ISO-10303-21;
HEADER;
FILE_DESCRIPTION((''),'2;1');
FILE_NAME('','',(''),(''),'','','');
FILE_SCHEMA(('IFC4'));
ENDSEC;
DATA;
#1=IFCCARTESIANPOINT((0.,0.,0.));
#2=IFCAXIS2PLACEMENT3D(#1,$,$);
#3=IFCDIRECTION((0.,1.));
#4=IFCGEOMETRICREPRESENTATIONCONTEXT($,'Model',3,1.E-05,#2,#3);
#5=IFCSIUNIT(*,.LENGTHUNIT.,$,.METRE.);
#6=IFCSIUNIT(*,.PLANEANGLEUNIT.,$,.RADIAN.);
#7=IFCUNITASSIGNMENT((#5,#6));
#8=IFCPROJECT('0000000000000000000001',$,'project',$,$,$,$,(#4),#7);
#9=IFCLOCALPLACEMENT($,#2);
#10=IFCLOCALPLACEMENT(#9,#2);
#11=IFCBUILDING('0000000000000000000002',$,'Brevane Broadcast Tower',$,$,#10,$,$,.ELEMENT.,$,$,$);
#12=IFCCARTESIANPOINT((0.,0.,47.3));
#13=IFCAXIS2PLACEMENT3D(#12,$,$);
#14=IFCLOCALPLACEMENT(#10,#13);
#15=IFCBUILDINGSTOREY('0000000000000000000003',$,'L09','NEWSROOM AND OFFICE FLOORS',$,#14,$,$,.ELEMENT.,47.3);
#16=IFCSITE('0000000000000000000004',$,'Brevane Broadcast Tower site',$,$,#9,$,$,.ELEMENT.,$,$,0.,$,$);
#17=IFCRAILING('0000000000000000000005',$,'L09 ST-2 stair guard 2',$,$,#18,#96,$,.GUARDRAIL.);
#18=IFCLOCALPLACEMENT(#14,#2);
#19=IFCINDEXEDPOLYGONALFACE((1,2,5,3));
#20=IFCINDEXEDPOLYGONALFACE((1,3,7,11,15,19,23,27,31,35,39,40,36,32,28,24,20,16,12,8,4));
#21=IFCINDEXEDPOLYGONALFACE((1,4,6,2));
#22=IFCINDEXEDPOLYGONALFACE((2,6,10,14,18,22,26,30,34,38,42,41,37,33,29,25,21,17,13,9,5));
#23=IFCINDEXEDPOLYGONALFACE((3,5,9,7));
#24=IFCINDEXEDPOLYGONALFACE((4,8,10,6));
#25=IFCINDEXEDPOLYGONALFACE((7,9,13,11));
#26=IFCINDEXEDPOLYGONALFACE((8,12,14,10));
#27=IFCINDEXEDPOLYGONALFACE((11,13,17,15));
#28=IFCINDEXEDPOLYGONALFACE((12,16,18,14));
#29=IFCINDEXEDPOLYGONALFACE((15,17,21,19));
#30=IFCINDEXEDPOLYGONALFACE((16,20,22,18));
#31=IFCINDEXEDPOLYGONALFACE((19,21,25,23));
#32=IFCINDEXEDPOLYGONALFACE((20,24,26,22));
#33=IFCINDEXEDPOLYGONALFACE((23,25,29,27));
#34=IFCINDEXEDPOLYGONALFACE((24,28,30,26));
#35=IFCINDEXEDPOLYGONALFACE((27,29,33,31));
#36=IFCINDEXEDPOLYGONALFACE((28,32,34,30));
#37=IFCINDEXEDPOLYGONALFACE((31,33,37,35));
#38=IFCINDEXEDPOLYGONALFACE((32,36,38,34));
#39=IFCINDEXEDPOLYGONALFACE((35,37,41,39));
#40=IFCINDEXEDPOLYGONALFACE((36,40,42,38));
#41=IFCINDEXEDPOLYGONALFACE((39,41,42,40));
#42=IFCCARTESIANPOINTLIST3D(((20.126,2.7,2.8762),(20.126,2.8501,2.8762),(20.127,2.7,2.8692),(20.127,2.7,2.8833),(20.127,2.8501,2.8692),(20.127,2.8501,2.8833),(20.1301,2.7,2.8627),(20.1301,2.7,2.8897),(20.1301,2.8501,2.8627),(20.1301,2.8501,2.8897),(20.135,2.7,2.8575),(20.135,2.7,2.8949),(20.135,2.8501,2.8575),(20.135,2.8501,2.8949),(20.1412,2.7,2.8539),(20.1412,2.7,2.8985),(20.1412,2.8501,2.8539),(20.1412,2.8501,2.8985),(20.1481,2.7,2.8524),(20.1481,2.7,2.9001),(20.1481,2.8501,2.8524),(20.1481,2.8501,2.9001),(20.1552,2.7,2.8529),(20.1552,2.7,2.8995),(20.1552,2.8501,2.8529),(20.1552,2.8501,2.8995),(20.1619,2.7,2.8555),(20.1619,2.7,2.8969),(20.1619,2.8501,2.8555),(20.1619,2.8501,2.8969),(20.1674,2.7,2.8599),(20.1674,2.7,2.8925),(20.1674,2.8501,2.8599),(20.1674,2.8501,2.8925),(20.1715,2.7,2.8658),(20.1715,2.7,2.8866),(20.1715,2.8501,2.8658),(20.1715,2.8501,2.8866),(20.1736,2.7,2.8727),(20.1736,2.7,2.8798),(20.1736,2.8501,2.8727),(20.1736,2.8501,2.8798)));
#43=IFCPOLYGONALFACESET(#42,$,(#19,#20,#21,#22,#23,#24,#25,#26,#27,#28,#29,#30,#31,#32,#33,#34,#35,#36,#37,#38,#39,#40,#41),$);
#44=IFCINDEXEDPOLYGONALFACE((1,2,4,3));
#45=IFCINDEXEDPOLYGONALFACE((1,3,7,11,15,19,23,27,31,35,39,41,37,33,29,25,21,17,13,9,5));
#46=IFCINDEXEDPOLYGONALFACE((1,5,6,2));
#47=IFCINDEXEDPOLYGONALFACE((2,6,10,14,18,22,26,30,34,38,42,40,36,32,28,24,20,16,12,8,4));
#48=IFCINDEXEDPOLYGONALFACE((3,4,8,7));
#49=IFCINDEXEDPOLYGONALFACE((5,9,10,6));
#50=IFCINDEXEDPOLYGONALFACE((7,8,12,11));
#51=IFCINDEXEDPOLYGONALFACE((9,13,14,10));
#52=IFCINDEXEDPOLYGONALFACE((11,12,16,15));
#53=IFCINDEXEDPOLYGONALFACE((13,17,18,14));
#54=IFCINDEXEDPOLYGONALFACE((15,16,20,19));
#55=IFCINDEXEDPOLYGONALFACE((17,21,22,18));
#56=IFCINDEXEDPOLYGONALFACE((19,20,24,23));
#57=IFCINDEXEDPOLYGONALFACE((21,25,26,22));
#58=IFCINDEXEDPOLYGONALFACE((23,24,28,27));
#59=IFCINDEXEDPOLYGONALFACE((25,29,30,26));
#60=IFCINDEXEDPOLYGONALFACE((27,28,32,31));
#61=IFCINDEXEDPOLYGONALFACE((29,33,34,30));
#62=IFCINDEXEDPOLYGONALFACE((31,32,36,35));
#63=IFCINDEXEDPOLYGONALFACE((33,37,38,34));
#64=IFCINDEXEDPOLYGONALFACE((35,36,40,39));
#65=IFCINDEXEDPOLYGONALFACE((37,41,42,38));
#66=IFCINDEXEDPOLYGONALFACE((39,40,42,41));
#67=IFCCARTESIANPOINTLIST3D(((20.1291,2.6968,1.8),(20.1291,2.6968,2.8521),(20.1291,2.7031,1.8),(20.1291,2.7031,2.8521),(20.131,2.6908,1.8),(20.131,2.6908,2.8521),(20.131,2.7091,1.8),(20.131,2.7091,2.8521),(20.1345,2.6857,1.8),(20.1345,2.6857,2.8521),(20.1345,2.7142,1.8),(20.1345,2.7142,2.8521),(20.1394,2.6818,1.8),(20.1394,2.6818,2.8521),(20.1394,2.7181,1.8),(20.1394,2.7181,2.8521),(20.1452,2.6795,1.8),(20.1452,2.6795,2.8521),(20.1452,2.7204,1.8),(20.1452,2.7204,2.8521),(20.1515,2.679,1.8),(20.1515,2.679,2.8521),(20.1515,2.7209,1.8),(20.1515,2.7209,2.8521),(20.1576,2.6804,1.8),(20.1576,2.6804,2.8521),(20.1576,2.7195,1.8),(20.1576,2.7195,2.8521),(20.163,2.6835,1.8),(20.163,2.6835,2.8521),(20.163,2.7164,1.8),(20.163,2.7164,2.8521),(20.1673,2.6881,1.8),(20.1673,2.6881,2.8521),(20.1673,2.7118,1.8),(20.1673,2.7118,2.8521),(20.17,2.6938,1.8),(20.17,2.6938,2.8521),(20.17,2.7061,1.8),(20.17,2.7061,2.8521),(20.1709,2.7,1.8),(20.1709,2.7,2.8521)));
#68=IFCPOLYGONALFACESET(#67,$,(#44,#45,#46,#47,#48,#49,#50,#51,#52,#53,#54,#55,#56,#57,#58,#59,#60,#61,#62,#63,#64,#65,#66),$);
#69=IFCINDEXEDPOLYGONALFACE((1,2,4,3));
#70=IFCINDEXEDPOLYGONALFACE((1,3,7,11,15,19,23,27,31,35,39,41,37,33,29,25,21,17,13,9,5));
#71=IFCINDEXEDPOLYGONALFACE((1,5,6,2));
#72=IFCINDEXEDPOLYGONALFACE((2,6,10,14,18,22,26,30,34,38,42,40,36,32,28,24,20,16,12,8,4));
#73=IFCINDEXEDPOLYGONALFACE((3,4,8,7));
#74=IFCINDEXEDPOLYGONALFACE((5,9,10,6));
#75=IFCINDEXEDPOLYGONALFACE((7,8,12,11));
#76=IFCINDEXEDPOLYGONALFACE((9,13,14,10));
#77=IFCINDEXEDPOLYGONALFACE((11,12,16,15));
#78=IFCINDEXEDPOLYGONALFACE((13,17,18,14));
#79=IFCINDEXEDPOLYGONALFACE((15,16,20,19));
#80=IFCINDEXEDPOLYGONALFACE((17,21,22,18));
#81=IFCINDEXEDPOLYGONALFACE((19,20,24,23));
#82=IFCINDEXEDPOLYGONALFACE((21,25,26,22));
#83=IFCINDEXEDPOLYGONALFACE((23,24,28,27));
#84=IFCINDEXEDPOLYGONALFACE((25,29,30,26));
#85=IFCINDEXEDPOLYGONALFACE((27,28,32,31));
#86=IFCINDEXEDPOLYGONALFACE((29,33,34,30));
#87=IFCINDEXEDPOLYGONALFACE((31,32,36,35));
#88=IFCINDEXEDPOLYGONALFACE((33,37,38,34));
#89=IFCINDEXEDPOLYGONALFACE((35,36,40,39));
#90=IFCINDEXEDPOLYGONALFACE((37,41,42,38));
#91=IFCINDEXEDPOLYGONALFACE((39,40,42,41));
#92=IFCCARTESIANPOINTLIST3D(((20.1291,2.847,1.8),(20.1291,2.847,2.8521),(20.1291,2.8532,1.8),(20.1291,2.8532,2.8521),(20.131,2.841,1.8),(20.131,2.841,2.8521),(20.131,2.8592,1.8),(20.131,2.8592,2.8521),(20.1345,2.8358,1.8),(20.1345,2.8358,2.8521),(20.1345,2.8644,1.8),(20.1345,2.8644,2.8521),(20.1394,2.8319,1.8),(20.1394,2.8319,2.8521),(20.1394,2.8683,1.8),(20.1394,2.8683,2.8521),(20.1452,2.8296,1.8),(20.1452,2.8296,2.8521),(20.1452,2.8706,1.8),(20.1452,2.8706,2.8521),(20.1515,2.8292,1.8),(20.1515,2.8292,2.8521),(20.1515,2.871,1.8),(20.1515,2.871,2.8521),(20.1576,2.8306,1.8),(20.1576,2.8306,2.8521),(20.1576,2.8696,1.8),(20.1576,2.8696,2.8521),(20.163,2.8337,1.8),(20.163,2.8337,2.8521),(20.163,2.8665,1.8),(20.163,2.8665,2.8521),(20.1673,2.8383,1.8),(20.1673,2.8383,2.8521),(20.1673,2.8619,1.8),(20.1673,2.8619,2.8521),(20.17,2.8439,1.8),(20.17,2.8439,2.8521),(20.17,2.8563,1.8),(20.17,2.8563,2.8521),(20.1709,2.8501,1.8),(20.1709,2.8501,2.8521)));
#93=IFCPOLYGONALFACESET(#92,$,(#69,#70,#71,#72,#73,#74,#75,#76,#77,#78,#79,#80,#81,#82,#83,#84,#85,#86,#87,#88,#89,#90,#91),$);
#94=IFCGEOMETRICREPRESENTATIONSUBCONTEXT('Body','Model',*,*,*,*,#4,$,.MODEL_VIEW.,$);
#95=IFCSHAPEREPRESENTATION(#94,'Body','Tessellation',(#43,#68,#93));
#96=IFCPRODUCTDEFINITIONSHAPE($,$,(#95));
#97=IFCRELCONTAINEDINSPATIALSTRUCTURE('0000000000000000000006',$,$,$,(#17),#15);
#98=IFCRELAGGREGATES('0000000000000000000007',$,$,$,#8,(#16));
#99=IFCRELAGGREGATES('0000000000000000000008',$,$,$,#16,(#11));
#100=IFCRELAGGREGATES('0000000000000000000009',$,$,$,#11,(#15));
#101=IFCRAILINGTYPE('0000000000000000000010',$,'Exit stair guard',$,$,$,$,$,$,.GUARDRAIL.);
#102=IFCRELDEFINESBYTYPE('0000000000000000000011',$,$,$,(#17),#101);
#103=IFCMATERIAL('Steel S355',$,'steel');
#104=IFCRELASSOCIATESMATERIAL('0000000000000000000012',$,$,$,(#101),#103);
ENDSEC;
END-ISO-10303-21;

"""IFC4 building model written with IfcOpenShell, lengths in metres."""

from ifc_helpers import new_model, si_unit, direction, frame, origin, origin_2d, place, context, subcontext, project, spatial, circle, extrude, material, type_object, element, save


model = new_model("IFC4")

# Units and contexts
model_context = context("Model", 3, precision=1e-05, world=origin(), true_north=direction((0.0, 1.0)))
body_context = subcontext(model_context, "Body", "Model", "MODEL_VIEW")
ifc_project = project(units=[si_unit("LENGTHUNIT", "METRE"), si_unit("PLANEANGLEUNIT", "RADIAN")], contexts=[model_context])

# Site, building, storey
site_placement = place(None, origin())
site = spatial("IfcSite", under=ifc_project, at=site_placement, Name="Brevane Broadcast Tower site", CompositionType="ELEMENT", RefElevation=0.0)
building_placement = place(site_placement, origin())
building = spatial("IfcBuilding", under=site, at=building_placement, Name="Brevane Broadcast Tower", CompositionType="ELEMENT")
storey_placement = place(building_placement, frame((0.0, 0.0, 47.3)))
storey = spatial("IfcBuildingStorey", under=building, at=storey_placement, Name="L09", Description="NEWSROOM AND OFFICE FLOORS", CompositionType="ELEMENT", Elevation=47.3)

# Railing
ifc_material_1 = material(Name="Steel S355", Category="steel")
railing_type_1 = type_object("IfcRailingType", Name="Exit stair guard", PredefinedType="GUARDRAIL", material=ifc_material_1)
railing_1_placement = place(storey_placement, frame((20.1499, 2.7, 1.8)))
element("IfcRailing", 1, at=railing_1_placement, inside=storey, type_object=railing_type_1, Name="L09 ST-2 stair guard 2", PredefinedType="GUARDRAIL", context=body_context, shape_type="SweptSolid", body=[
    extrude(circle(Radius=0.0239, at=origin_2d()), frame((0.0, 0.0, 1.0762), z_axis=(0.0, 1.0, 0.0), x_axis=(-1.0, 0.0, 0.0)), (0.0, 0.0, 1.0), 0.1501),
    extrude(circle(Radius=0.021, at=origin_2d()), origin(), (0.0, 0.0, 1.0), 1.052),
    extrude(circle(Radius=0.021, at=origin_2d()), frame((0.0, 0.1501, 0.0)), (0.0, 0.0, 1.0), 1.052),
])

save(model, "model.ifc")
